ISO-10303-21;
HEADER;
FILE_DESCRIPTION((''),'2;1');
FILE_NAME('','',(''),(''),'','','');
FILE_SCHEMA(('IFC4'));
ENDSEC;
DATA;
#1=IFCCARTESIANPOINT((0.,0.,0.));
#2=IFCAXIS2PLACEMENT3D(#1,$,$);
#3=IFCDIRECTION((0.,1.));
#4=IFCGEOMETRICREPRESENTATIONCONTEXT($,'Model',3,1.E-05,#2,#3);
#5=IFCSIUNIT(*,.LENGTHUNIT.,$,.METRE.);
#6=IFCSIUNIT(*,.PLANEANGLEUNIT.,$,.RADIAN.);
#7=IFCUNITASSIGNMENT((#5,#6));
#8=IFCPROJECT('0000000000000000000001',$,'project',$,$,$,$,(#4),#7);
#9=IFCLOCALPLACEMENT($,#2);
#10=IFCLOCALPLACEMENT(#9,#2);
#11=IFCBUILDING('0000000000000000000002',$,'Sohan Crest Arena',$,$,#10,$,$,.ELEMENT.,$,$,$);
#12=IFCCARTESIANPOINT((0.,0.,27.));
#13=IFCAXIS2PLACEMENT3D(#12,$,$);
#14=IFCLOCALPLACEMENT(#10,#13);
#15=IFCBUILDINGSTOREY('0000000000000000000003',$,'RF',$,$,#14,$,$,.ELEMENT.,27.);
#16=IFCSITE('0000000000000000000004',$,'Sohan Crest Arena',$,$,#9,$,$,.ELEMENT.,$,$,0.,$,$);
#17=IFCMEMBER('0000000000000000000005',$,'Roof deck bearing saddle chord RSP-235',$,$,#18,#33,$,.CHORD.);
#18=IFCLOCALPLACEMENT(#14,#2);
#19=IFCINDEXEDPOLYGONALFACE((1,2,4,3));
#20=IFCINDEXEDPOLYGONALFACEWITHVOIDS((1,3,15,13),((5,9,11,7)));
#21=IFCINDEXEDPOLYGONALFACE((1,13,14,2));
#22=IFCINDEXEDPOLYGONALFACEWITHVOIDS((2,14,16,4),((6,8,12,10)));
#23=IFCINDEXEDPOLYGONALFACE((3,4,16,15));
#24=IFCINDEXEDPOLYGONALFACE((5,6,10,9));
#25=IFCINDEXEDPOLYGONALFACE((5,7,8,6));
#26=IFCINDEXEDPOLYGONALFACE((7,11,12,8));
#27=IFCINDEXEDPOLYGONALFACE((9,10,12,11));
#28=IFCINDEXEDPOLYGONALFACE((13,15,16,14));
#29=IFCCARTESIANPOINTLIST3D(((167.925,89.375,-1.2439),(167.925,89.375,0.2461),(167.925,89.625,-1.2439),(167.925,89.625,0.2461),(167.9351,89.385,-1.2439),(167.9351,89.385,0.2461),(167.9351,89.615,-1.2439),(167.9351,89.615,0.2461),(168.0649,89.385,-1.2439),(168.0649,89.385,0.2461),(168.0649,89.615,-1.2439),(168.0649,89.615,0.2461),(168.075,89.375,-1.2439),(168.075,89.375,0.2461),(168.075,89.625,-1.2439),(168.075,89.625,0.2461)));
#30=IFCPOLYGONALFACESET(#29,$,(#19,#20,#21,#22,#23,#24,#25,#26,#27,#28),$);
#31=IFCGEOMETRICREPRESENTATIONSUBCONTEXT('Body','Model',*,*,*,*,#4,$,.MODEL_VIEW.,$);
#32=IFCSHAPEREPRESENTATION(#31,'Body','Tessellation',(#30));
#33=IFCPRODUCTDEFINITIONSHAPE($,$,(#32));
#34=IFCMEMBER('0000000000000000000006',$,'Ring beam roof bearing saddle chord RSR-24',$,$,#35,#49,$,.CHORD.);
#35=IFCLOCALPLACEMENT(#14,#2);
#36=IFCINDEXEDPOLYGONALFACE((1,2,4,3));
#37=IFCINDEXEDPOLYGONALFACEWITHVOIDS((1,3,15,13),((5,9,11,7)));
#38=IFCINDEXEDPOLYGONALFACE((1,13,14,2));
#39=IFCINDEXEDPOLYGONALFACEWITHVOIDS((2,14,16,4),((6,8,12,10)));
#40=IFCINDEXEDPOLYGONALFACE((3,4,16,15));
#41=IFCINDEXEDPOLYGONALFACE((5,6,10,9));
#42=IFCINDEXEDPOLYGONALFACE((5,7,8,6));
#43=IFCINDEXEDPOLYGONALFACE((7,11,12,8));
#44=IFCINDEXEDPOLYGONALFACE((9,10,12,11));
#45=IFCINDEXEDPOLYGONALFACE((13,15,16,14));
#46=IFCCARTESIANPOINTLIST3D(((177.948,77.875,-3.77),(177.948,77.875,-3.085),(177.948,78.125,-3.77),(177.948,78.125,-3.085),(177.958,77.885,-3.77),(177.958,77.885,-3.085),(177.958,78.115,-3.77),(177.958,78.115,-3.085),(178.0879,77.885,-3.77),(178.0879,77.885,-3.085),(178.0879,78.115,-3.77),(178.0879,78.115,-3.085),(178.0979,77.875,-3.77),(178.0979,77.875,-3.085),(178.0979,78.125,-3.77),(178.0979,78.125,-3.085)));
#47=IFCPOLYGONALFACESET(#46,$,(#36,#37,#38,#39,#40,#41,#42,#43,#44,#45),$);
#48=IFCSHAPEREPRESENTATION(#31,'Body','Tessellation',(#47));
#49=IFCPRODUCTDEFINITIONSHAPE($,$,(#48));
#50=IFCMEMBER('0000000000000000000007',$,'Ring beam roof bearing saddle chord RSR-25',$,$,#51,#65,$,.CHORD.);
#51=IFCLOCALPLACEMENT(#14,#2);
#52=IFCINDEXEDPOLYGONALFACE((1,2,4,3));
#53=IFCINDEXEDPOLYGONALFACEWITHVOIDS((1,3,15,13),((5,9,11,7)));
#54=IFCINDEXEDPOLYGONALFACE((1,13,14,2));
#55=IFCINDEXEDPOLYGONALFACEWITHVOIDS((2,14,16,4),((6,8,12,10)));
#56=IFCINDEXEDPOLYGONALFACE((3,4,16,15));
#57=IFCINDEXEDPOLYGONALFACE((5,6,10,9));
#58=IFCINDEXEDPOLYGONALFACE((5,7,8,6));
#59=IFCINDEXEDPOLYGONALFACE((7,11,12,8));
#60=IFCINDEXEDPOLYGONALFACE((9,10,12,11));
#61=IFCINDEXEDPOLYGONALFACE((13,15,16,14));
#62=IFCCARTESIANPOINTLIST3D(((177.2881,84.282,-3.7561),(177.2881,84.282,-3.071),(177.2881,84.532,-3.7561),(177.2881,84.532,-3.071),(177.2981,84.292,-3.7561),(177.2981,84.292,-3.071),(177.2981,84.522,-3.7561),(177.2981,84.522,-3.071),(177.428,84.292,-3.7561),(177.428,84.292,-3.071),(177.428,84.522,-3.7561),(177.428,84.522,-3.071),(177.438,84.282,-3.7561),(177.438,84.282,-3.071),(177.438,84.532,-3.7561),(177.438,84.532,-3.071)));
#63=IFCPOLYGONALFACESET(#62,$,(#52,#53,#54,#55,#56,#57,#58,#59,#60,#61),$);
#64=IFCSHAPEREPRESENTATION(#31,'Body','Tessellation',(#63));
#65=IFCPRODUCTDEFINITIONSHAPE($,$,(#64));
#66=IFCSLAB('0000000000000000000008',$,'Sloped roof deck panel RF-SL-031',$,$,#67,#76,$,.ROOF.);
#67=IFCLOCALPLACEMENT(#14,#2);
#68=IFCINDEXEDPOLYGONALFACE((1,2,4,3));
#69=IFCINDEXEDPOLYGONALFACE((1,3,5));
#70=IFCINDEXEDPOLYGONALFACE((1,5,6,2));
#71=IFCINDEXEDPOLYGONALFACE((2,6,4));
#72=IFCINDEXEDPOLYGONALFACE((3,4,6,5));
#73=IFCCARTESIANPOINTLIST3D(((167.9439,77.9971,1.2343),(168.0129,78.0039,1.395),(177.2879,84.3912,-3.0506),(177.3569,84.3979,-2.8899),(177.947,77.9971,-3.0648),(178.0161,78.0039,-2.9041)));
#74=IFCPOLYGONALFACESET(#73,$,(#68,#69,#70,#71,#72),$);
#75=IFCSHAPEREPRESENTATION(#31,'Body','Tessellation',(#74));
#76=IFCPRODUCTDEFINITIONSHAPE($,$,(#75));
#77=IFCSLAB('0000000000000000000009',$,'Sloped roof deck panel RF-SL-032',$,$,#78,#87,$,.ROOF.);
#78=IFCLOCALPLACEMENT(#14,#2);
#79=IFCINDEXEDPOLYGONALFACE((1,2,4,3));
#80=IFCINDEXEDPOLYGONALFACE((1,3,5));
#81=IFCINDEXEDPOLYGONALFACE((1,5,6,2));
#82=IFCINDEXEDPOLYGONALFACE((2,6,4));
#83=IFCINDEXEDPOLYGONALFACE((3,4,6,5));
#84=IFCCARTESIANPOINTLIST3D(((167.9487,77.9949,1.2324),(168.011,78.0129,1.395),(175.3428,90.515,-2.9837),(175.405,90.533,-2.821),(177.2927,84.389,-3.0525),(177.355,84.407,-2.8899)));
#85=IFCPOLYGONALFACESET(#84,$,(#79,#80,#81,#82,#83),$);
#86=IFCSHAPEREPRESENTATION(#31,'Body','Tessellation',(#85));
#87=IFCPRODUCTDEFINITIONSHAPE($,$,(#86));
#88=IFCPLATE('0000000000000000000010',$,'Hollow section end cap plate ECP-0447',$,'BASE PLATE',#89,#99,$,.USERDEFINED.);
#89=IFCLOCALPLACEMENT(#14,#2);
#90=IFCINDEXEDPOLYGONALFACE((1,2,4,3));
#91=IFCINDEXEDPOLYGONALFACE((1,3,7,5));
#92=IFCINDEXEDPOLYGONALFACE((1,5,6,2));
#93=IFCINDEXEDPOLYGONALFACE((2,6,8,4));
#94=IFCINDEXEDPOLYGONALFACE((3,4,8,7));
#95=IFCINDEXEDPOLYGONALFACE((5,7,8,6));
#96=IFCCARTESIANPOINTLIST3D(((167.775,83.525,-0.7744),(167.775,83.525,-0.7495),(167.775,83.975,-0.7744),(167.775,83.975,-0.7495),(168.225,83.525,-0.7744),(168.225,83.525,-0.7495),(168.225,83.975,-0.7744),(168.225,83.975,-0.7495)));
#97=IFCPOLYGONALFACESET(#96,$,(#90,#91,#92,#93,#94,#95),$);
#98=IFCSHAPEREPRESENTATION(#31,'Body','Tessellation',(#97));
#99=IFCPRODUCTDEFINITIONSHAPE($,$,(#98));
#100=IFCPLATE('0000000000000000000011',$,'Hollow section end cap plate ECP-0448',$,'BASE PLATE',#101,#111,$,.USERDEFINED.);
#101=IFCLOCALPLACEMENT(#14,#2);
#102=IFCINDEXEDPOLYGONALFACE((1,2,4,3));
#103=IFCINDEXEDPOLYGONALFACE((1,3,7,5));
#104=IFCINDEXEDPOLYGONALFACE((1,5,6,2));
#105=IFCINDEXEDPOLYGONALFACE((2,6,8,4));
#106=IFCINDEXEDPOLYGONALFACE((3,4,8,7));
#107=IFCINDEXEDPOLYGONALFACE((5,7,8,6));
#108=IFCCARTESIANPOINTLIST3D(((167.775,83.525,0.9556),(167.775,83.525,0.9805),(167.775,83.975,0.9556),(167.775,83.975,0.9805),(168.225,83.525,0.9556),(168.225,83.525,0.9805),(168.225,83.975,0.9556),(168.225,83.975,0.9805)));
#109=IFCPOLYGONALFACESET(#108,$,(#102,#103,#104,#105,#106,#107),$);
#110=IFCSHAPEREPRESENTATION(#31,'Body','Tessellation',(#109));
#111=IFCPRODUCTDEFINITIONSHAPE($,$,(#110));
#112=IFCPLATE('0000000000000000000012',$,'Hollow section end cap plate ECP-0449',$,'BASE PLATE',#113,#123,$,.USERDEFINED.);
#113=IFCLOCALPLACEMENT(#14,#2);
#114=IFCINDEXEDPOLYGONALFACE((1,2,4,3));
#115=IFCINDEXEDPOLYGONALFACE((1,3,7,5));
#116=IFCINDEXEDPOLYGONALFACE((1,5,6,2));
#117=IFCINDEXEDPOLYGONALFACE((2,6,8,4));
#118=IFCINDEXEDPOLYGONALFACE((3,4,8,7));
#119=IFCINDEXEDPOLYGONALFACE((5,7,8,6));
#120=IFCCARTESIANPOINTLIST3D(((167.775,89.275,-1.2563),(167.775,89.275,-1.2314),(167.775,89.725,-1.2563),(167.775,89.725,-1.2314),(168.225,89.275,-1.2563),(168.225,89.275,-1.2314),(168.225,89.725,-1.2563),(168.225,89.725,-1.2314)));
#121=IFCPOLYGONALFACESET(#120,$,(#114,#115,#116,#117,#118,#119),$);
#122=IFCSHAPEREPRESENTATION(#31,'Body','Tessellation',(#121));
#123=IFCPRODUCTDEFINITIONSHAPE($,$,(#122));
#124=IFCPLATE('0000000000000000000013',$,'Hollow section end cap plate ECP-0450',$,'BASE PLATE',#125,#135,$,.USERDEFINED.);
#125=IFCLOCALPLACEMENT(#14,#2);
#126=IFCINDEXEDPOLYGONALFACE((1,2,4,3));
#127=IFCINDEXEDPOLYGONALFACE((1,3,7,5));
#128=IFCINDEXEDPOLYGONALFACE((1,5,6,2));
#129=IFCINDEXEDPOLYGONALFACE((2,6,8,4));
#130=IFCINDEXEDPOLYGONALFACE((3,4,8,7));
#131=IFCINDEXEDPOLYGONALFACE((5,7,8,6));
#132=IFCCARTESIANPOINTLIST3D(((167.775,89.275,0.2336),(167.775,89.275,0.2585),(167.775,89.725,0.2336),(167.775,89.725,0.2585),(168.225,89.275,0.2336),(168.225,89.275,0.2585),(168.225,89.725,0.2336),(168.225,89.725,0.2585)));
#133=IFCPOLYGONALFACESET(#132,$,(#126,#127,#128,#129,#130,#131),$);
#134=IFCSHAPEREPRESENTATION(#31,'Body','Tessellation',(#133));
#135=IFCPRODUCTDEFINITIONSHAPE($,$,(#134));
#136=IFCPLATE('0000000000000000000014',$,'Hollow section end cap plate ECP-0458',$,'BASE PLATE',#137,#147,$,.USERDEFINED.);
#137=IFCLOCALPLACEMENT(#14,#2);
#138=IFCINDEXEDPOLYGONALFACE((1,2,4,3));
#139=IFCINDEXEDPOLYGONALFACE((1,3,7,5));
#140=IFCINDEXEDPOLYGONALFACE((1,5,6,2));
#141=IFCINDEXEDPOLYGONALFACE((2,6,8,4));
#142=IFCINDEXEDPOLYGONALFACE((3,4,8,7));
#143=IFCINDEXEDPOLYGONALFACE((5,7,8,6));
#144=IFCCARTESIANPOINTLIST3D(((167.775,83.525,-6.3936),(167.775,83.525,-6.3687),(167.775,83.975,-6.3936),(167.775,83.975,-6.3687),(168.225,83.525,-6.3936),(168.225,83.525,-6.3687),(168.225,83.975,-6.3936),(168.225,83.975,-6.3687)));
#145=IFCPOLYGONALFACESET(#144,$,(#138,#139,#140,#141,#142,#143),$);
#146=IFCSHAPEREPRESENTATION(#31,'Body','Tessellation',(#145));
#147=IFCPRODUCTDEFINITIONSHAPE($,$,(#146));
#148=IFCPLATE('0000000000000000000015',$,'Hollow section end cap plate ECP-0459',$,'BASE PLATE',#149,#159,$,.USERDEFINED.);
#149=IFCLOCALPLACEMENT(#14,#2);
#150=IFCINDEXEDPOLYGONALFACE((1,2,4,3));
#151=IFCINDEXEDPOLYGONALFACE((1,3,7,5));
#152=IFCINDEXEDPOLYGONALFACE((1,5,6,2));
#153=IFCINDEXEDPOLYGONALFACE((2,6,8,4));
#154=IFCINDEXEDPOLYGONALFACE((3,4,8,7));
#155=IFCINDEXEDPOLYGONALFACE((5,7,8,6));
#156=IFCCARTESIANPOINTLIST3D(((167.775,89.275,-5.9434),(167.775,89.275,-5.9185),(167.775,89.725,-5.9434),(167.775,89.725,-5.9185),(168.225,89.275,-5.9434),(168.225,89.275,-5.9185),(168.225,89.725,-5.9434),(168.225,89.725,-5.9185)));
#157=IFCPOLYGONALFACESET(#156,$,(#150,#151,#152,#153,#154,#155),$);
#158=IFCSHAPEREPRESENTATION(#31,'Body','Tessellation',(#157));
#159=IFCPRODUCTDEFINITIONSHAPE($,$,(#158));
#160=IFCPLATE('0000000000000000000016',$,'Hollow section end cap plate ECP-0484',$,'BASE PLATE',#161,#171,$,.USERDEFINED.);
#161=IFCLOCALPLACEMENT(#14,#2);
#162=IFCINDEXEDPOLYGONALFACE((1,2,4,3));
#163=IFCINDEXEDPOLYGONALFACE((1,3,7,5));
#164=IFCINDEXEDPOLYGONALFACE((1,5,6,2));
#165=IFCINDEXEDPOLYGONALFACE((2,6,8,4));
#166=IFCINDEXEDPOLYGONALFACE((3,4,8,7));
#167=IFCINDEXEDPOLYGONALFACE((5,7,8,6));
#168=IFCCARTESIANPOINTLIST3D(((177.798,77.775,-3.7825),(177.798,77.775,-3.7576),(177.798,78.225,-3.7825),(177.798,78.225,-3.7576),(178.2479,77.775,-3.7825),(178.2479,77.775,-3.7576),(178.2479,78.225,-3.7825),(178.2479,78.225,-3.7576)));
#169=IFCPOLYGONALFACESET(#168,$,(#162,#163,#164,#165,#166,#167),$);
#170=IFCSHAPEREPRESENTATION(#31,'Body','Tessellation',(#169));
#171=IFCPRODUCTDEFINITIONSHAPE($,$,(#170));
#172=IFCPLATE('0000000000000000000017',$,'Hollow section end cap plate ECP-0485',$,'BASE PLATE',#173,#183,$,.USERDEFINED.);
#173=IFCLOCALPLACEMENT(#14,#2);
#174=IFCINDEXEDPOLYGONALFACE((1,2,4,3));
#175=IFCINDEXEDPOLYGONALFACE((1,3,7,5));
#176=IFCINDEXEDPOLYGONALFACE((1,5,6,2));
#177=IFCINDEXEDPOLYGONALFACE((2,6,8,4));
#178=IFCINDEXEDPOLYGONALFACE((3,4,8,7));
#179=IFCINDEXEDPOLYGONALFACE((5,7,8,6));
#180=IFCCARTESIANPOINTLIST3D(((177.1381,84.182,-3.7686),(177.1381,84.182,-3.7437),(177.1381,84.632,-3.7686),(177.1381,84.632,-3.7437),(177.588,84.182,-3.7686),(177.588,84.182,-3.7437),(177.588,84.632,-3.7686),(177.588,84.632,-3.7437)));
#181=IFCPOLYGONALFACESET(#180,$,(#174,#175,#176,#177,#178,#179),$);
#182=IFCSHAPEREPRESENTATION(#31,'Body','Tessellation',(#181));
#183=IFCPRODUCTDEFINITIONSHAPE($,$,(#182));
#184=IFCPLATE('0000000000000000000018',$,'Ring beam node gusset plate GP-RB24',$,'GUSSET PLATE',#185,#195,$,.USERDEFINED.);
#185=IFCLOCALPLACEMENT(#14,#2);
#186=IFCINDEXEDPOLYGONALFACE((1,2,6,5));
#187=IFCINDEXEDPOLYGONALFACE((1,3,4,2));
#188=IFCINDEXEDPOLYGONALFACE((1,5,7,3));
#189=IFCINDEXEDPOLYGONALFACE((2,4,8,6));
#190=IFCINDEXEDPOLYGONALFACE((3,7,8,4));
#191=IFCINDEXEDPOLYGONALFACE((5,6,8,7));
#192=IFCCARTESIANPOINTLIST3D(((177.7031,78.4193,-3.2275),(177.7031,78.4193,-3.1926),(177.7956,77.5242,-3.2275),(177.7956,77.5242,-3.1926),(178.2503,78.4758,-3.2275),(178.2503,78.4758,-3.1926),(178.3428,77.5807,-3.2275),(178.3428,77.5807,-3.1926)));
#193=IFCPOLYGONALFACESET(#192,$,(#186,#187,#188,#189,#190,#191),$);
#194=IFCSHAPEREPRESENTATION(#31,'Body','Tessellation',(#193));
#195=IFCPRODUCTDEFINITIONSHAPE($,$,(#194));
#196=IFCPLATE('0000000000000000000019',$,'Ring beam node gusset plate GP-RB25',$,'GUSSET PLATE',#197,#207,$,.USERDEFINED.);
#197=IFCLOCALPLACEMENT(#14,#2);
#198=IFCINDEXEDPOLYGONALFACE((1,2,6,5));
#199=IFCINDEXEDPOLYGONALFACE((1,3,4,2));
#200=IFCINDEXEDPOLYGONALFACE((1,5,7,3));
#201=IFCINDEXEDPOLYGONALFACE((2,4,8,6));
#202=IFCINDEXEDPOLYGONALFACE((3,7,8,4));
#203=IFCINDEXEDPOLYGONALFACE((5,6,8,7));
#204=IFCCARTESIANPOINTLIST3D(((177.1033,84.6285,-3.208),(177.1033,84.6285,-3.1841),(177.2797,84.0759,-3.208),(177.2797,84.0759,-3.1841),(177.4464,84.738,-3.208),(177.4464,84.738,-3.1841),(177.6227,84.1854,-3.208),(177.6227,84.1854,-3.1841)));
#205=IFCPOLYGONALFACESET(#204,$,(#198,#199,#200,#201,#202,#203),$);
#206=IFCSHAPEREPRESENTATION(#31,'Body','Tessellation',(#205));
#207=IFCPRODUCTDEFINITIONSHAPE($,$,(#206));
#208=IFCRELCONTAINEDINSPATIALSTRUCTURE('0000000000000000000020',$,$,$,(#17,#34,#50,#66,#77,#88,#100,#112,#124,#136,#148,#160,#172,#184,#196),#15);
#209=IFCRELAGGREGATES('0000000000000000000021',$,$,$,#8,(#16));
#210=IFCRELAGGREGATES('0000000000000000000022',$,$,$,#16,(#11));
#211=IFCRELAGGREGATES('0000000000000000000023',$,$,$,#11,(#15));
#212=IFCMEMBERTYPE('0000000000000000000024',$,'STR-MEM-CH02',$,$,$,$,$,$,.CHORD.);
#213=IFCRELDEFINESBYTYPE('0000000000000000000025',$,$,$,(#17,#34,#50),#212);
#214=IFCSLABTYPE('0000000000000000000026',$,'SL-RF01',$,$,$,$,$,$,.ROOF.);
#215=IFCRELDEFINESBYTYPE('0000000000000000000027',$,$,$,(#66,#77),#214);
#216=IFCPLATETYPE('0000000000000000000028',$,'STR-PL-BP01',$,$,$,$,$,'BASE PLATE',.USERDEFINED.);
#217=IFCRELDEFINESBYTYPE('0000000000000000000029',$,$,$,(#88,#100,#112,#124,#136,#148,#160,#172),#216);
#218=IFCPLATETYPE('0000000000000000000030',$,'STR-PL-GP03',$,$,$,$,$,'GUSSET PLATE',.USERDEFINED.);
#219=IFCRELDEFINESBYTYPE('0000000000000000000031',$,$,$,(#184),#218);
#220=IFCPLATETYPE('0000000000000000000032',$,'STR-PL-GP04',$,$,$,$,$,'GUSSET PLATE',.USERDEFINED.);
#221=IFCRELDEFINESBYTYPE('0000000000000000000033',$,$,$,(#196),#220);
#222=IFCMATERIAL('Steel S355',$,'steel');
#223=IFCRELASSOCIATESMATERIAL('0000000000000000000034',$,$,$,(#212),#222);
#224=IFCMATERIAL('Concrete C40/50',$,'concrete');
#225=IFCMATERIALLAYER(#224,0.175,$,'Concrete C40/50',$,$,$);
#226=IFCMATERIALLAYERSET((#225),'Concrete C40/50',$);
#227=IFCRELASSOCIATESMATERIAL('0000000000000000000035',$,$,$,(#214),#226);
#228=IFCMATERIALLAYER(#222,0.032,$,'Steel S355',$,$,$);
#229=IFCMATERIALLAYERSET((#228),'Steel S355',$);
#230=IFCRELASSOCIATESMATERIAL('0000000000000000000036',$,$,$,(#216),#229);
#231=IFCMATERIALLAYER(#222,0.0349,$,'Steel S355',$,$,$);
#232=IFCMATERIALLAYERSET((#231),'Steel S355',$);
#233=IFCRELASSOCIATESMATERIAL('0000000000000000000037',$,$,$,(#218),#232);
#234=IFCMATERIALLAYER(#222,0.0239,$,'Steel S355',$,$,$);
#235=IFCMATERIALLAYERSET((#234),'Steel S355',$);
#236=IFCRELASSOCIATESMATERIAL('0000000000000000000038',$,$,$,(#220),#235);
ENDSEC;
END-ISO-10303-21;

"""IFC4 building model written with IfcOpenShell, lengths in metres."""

from ifc_helpers import new_model, si_unit, direction, frame, origin, origin_2d, place, context, subcontext, project, spatial, polyline, rectangle, hollow_rectangle, outline, extrude, material, layer, layer_set, material_profile, profile_set, type_object, element, save


model = new_model("IFC4")

# Units and contexts
model_context = context("Model", 3, precision=1e-05, world=origin(), true_north=direction((0.0, 1.0)))
body_context = subcontext(model_context, "Body", "Model", "MODEL_VIEW")
ifc_project = project(units=[si_unit("LENGTHUNIT", "METRE"), si_unit("PLANEANGLEUNIT", "RADIAN")], contexts=[model_context])

# Site, building, storey
site_placement = place(None, origin())
site = spatial("IfcSite", under=ifc_project, at=site_placement, Name="Sohan Crest Arena", CompositionType="ELEMENT", RefElevation=0.0)
building_placement = place(site_placement, origin())
building = spatial("IfcBuilding", under=site, at=building_placement, Name="Sohan Crest Arena", CompositionType="ELEMENT")
storey_placement = place(building_placement, frame((0.0, 0.0, 27.0)))
storey = spatial("IfcBuildingStorey", under=building, at=storey_placement, Name="RF", CompositionType="ELEMENT", Elevation=27.0)

# Shared definitions
ifc_material_1 = material(Name="Steel S355", Category="steel")

# Members
ifc_material_profile_1 = material_profile(ifc_material_1, hollow_rectangle(XDim=0.1499, YDim=0.25, WallThickness=0.01, at=origin_2d()), Name="RHS 250x150x10")
ifc_profile_set_1 = profile_set([ifc_material_profile_1], Name="Steel S355")
member_type_1 = type_object("IfcMemberType", Name="STR-MEM-CH02", PredefinedType="CHORD", material=ifc_profile_set_1)
member_1_placement = place(storey_placement, frame((168.0, 89.5, -1.2439), z_axis=(0.0, 0.0, 1.0), x_axis=(1.0, 0.0, 0.0)))
element("IfcMember", 1, at=member_1_placement, inside=storey, type_object=member_type_1, Name="Roof deck bearing saddle chord RSP-235", PredefinedType="CHORD", context=body_context, shape_type="SweptSolid", body=[
    extrude(hollow_rectangle(XDim=0.1499, YDim=0.25, WallThickness=0.01, at=origin_2d()), origin(), (0.0, 0.0, 1.0), 1.49),
])
for number, where, z_axis, x_axis, name in (
    (2, (178.0229, 78.0, -3.77), (0.0, 0.0, 1.0), (1.0, 0.0, 0.0), "Ring beam roof bearing saddle chord RSR-24"),
    (3, (177.363, 84.407, -3.7561), (0.0, 0.0, 1.0), (1.0, 0.0, 0.0), "Ring beam roof bearing saddle chord RSR-25"),
):
    element("IfcMember", number, at=place(storey_placement, frame(where, z_axis=z_axis, x_axis=x_axis)), inside=storey, type_object=member_type_1, Name=name, PredefinedType="CHORD", context=body_context, shape_type="SweptSolid", body=[
        extrude(hollow_rectangle(XDim=0.1499, YDim=0.25, WallThickness=0.01, at=origin_2d()), origin(), (0.0, 0.0, 1.0), 0.6851),
    ])

# Slabs
ifc_material_2 = material(Name="Concrete C40/50", Category="concrete")
ifc_layer_1 = layer(ifc_material_2, 0.175, Name="Concrete C40/50")
ifc_layer_set_1 = layer_set([ifc_layer_1], Name="Concrete C40/50")
slab_type = type_object("IfcSlabType", Name="SL-RF01", PredefinedType="ROOF", material=ifc_layer_set_1)
slab_1_placement = place(storey_placement, frame((178.0161, 78.0039, -2.9041), z_axis=(0.394555, 0.038643, 0.918059), x_axis=(-0.102549, 0.994726, 0.002203)))
element("IfcSlab", 4, at=slab_1_placement, inside=storey, type_object=slab_type, Name="Sloped roof deck panel RF-SL-031", PredefinedType="ROOF", context=body_context, shape_type="SweptSolid", body=[
    extrude(outline(polyline([(0.0, 0.0), (6.4279, 0.0), (1.0353, 10.8385), (0.0, 0.0)])), origin(), (0.0, 0.0, -1.0), 0.175),
])
slab_2_placement = place(storey_placement, frame((177.355, 84.407, -2.8899), z_axis=(0.355665, 0.102771, 0.928946), x_axis=(-0.303296, 0.952836, 0.010709)))
element("IfcSlab", 5, at=slab_2_placement, inside=storey, type_object=slab_type, Name="Sloped roof deck panel RF-SL-032", PredefinedType="ROOF", context=body_context, shape_type="SweptSolid", body=[
    extrude(outline(polyline([(0.0, 0.0), (6.4292, 0.0), (-3.2126, 11.6719), (0.0, 0.0)])), origin(), (0.0, 0.0, -1.0), 0.175),
])

# Plates
ifc_layer_2 = layer(ifc_material_1, 0.032, Name="Steel S355")
ifc_layer_set_2 = layer_set([ifc_layer_2], Name="Steel S355")
plate_type_1 = type_object("IfcPlateType", Name="STR-PL-BP01", ElementType="BASE PLATE", PredefinedType="USERDEFINED", material=ifc_layer_set_2)
for number, where, z_axis, x_axis, name in (
    (6, (168.0, 83.75, -0.7744), (0.0, 0.0, 1.0), (1.0, 0.0, 0.0), "Hollow section end cap plate ECP-0447"),
    (7, (168.0, 83.75, 0.9556), (0.0, 0.0, 1.0), (1.0, 0.0, 0.0), "Hollow section end cap plate ECP-0448"),
    (8, (168.0, 89.5, -1.2563), (0.0, 0.0, 1.0), (1.0, 0.0, 0.0), "Hollow section end cap plate ECP-0449"),
    (9, (168.0, 89.5, 0.2336), (0.0, 0.0, 1.0), (1.0, 0.0, 0.0), "Hollow section end cap plate ECP-0450"),
    (10, (168.0, 83.75, -6.3936), (0.0, 0.0, 1.0), (1.0, 0.0, 0.0), "Hollow section end cap plate ECP-0458"),
    (11, (168.0, 89.5, -5.9434), (0.0, 0.0, 1.0), (1.0, 0.0, 0.0), "Hollow section end cap plate ECP-0459"),
    (12, (178.0229, 78.0, -3.7825), (0.0, 0.0, 1.0), (1.0, 0.0, 0.0), "Hollow section end cap plate ECP-0484"),
    (13, (177.363, 84.407, -3.7686), (0.0, 0.0, 1.0), (1.0, 0.0, 0.0), "Hollow section end cap plate ECP-0485"),
):
    element("IfcPlate", number, at=place(storey_placement, frame(where, z_axis=z_axis, x_axis=x_axis)), inside=storey, type_object=plate_type_1, Name=name, ObjectType="BASE PLATE", PredefinedType="USERDEFINED", context=body_context, shape_type="SweptSolid", body=[
        extrude(rectangle(XDim=0.45, YDim=0.45, at=origin_2d()), origin(), (0.0, 0.0, 1.0), 0.0249),
    ])
ifc_layer_3 = layer(ifc_material_1, 0.0349, Name="Steel S355")
ifc_layer_set_3 = layer_set([ifc_layer_3], Name="Steel S355")
plate_type_2 = type_object("IfcPlateType", Name="STR-PL-GP03", ElementType="GUSSET PLATE", PredefinedType="USERDEFINED", material=ifc_layer_set_3)
plate_1_placement = place(storey_placement, frame((178.0229, 78.0, -3.2275), z_axis=(0.0, 0.0, 1.0), x_axis=(-0.102793, 0.994703, 0.0)))
element("IfcPlate", 14, at=plate_1_placement, inside=storey, type_object=plate_type_2, Name="Ring beam node gusset plate GP-RB24", ObjectType="GUSSET PLATE", PredefinedType="USERDEFINED", context=body_context, shape_type="SweptSolid", body=[
    extrude(rectangle(XDim=0.8999, YDim=0.55, at=origin_2d()), origin(), (0.0, 0.0, 1.0), 0.0349),
])
ifc_layer_4 = layer(ifc_material_1, 0.0239, Name="Steel S355")
ifc_layer_set_4 = layer_set([ifc_layer_4], Name="Steel S355")
plate_type_3 = type_object("IfcPlateType", Name="STR-PL-GP04", ElementType="GUSSET PLATE", PredefinedType="USERDEFINED", material=ifc_layer_set_4)
plate_2_placement = place(storey_placement, frame((177.363, 84.407, -3.208), z_axis=(0.0, 0.0, 1.0), x_axis=(-0.304033, 0.952661, 0.0)))
element("IfcPlate", 15, at=plate_2_placement, inside=storey, type_object=plate_type_3, Name="Ring beam node gusset plate GP-RB25", ObjectType="GUSSET PLATE", PredefinedType="USERDEFINED", context=body_context, shape_type="SweptSolid", body=[
    extrude(rectangle(XDim=0.5801, YDim=0.3601, at=origin_2d()), origin(), (0.0, 0.0, 1.0), 0.0239),
])

save(model, "model.ifc")
